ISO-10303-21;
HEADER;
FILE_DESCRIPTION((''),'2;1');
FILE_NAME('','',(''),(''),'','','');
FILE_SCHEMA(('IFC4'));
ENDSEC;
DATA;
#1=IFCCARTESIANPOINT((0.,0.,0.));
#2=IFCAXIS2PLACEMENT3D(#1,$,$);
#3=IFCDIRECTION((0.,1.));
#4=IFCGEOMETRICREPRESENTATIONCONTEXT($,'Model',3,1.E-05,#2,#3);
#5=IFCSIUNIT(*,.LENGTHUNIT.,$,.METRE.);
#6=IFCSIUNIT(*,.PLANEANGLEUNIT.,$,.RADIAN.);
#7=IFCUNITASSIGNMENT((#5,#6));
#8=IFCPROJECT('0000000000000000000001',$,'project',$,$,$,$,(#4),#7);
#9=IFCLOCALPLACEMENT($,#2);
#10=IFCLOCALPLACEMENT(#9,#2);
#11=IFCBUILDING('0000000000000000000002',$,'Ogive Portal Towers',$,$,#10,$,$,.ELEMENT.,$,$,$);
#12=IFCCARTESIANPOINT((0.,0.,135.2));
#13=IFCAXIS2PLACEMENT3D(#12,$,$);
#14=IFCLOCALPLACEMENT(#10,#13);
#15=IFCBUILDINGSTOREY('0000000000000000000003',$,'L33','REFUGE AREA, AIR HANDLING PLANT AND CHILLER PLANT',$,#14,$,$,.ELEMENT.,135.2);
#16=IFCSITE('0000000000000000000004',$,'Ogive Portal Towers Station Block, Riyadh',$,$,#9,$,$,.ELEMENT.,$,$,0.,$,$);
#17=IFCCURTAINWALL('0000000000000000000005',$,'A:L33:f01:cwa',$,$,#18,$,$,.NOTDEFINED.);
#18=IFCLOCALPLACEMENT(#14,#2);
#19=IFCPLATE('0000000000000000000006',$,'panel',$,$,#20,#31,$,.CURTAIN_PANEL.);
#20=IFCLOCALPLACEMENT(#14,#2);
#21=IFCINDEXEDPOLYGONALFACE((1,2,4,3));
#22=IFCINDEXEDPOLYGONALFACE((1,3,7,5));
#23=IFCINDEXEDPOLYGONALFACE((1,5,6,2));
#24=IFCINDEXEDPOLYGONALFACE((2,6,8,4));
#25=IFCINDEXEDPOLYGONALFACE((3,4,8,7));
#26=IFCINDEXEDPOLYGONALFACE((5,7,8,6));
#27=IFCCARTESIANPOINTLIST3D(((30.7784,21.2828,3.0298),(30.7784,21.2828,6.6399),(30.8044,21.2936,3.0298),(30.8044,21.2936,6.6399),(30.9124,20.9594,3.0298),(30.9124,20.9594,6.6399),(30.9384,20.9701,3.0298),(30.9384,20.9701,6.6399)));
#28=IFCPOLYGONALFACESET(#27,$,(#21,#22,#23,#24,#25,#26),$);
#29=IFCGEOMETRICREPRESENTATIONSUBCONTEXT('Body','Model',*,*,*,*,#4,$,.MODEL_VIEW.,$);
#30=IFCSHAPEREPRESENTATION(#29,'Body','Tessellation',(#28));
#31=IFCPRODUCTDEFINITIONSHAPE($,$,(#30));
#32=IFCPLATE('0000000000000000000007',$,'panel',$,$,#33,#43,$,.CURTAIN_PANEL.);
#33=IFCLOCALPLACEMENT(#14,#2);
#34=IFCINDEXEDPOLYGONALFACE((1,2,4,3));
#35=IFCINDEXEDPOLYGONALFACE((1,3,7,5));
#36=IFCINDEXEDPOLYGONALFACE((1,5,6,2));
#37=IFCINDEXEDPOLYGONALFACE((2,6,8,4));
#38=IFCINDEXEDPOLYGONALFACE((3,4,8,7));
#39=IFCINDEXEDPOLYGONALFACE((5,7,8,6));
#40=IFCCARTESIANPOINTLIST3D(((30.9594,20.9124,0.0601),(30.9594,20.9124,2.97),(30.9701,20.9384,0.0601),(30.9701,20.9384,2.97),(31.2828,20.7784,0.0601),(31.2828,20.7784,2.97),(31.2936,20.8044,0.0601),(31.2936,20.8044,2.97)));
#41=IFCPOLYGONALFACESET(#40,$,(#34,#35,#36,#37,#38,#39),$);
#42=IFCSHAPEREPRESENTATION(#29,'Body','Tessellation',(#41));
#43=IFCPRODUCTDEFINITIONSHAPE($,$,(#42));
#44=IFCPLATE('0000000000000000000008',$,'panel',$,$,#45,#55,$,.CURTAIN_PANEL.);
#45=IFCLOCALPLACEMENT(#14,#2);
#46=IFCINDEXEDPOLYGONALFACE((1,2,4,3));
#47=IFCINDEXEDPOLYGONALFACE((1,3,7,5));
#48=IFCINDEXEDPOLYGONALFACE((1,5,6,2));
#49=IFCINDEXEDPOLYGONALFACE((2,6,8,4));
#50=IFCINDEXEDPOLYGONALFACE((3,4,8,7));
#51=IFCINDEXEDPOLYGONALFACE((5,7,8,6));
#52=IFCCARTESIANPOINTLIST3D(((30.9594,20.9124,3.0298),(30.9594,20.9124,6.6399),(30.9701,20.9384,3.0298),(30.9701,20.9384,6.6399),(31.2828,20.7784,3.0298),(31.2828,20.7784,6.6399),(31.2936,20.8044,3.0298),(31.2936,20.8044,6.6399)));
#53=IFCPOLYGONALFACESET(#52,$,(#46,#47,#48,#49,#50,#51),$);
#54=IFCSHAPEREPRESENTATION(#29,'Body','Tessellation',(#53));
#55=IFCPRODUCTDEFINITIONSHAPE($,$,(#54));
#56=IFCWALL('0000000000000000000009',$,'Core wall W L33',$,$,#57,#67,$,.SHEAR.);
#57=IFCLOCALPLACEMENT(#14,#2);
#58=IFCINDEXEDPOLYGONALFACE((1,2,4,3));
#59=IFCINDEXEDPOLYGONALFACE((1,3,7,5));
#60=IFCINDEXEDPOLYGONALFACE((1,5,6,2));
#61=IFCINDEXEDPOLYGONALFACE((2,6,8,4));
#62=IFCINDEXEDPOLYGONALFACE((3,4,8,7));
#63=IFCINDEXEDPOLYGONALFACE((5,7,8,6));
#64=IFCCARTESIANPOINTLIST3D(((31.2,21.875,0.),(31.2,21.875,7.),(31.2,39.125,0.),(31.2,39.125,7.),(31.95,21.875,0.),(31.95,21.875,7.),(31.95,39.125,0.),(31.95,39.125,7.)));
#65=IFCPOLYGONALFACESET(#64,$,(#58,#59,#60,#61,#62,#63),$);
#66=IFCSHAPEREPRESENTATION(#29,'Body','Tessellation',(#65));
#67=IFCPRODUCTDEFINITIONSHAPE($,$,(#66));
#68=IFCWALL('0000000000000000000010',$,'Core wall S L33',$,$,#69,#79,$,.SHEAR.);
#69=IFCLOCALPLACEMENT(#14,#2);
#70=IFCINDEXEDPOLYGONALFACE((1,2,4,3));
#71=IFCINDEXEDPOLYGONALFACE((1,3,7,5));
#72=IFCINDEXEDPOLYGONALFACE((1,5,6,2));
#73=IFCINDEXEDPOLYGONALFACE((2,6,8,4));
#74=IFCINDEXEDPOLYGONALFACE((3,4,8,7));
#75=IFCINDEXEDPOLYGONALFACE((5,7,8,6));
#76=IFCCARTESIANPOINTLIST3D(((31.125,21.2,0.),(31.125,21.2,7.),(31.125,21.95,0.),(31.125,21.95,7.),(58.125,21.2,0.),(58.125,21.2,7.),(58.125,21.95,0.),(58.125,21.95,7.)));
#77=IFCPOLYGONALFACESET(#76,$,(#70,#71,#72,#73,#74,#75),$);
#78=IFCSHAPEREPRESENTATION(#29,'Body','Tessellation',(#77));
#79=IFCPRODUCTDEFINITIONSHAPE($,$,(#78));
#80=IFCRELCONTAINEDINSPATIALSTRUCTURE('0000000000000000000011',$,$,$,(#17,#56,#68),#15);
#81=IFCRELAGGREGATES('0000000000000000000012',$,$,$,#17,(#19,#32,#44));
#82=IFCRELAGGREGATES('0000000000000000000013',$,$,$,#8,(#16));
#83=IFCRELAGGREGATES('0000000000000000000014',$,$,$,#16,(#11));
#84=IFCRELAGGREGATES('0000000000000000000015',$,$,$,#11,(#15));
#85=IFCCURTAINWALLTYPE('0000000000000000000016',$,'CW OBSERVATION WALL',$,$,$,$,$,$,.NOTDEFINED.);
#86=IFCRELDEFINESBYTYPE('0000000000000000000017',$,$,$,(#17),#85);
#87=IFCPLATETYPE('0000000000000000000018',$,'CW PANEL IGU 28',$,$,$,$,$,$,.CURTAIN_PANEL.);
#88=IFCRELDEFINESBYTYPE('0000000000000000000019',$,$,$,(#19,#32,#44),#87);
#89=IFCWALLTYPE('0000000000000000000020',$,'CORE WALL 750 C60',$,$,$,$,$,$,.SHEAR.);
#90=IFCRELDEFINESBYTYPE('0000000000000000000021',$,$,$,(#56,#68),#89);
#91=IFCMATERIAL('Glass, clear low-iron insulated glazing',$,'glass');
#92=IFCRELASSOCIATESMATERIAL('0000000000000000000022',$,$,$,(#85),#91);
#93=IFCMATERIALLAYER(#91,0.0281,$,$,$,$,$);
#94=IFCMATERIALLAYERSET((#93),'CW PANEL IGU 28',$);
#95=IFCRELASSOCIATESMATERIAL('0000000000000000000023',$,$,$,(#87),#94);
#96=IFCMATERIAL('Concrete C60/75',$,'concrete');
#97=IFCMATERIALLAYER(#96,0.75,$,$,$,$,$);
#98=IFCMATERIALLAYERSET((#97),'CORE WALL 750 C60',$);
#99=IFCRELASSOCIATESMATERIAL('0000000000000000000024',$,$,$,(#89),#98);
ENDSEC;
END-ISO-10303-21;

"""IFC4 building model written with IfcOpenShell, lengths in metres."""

from ifc_helpers import new_model, si_unit, direction, frame, frame_2d, origin, origin_2d, place, context, subcontext, project, spatial, rectangle, extrude, material, layer, layer_set, type_object, element, aggregate, save


model = new_model("IFC4")

# Units and contexts
model_context = context("Model", 3, precision=1e-05, world=origin(), true_north=direction((0.0, 1.0)))
body_context = subcontext(model_context, "Body", "Model", "MODEL_VIEW")
ifc_project = project(units=[si_unit("LENGTHUNIT", "METRE"), si_unit("PLANEANGLEUNIT", "RADIAN")], contexts=[model_context])

# Site, building, storey
site_placement = place(None, origin())
site = spatial("IfcSite", under=ifc_project, at=site_placement, Name="Ogive Portal Towers Station Block, Riyadh", CompositionType="ELEMENT", RefElevation=0.0)
building_placement = place(site_placement, origin())
building = spatial("IfcBuilding", under=site, at=building_placement, Name="Ogive Portal Towers", CompositionType="ELEMENT")
storey_placement = place(building_placement, frame((0.0, 0.0, 135.2)))
storey = spatial("IfcBuildingStorey", under=building, at=storey_placement, Name="L33", Description="REFUGE AREA, AIR HANDLING PLANT AND CHILLER PLANT", CompositionType="ELEMENT", Elevation=135.2)

# Shared definitions
ifc_material_1 = material(Name="Glass, clear low-iron insulated glazing", Category="glass")
curtain_wall_type = type_object("IfcCurtainWallType", Name="CW OBSERVATION WALL", PredefinedType="NOTDEFINED", material=ifc_material_1)

# Curtain wall
curtain_wall_1_placement = place(storey_placement, origin())
curtain_wall_1 = element("IfcCurtainWall", 1, at=curtain_wall_1_placement, inside=storey, type_object=curtain_wall_type, Name="A:L33:f01:cwa", PredefinedType="NOTDEFINED")

# Plates
ifc_layer_1 = layer(ifc_material_1, 0.0281)
ifc_layer_set_1 = layer_set([ifc_layer_1], Name="CW PANEL IGU 28")
plate_type = type_object("IfcPlateType", Name="CW PANEL IGU 28", PredefinedType="CURTAIN_PANEL", material=ifc_layer_set_1)
plate_1_placement = place(storey_placement, frame((30.8584, 21.1265, 3.0298), z_axis=(0.0, 0.0, 1.0), x_axis=(0.382683, -0.92388, 0.0)))
plate_1 = element("IfcPlate", 2, at=plate_1_placement, type_object=plate_type, Name="panel", PredefinedType="CURTAIN_PANEL", context=body_context, shape_type="SweptSolid", body=[
    extrude(rectangle(XDim=0.3501, YDim=0.0281, at=origin_2d()), origin(), (0.0, 0.0, 1.0), 3.6101),
])
plate_2_placement = place(storey_placement, frame((31.1265, 20.8584, 0.0601), z_axis=(0.0, 0.0, 1.0), x_axis=(0.92388, -0.382683, 0.0)))
plate_2 = element("IfcPlate", 3, at=plate_2_placement, type_object=plate_type, Name="panel", PredefinedType="CURTAIN_PANEL", context=body_context, shape_type="SweptSolid", body=[
    extrude(rectangle(XDim=0.3501, YDim=0.0281, at=origin_2d()), origin(), (0.0, 0.0, 1.0), 2.9099),
])
plate_3_placement = place(storey_placement, frame((31.1265, 20.8584, 3.0298), z_axis=(0.0, 0.0, 1.0), x_axis=(0.92388, -0.382683, 0.0)))
plate_3 = element("IfcPlate", 4, at=plate_3_placement, type_object=plate_type, Name="panel", PredefinedType="CURTAIN_PANEL", context=body_context, shape_type="SweptSolid", body=[
    extrude(rectangle(XDim=0.3501, YDim=0.0281, at=origin_2d()), origin(), (0.0, 0.0, 1.0), 3.6101),
])
aggregate(curtain_wall_1, [plate_1, plate_2, plate_3])

# Walls
ifc_material_2 = material(Name="Concrete C60/75", Category="concrete")
ifc_layer_2 = layer(ifc_material_2, 0.75)
ifc_layer_set_2 = layer_set([ifc_layer_2], Name="CORE WALL 750 C60")
wall_type_1 = type_object("IfcWallType", Name="CORE WALL 750 C60", PredefinedType="SHEAR", material=ifc_layer_set_2)
wall_1_placement = place(storey_placement, frame((31.575, 21.875, 0.0), z_axis=(0.0, 0.0, 1.0), x_axis=(0.0, 1.0, 0.0)))
element("IfcWall", 5, at=wall_1_placement, inside=storey, type_object=wall_type_1, Name="Core wall W L33", PredefinedType="SHEAR", context=body_context, shape_type="SweptSolid", body=[
    extrude(rectangle(XDim=17.25, YDim=0.75, at=frame_2d((8.625, 0.0))), origin(), (0.0, 0.0, 1.0), 7.0),
])
wall_2_placement = place(storey_placement, frame((31.125, 21.575, 0.0), z_axis=(0.0, 0.0, 1.0), x_axis=(1.0, 0.0, 0.0)))
element("IfcWall", 6, at=wall_2_placement, inside=storey, type_object=wall_type_1, Name="Core wall S L33", PredefinedType="SHEAR", context=body_context, shape_type="SweptSolid", body=[
    extrude(rectangle(XDim=27.0, YDim=0.75, at=frame_2d((13.5, 0.0))), origin(), (0.0, 0.0, 1.0), 7.0),
])

save(model, "model.ifc")
